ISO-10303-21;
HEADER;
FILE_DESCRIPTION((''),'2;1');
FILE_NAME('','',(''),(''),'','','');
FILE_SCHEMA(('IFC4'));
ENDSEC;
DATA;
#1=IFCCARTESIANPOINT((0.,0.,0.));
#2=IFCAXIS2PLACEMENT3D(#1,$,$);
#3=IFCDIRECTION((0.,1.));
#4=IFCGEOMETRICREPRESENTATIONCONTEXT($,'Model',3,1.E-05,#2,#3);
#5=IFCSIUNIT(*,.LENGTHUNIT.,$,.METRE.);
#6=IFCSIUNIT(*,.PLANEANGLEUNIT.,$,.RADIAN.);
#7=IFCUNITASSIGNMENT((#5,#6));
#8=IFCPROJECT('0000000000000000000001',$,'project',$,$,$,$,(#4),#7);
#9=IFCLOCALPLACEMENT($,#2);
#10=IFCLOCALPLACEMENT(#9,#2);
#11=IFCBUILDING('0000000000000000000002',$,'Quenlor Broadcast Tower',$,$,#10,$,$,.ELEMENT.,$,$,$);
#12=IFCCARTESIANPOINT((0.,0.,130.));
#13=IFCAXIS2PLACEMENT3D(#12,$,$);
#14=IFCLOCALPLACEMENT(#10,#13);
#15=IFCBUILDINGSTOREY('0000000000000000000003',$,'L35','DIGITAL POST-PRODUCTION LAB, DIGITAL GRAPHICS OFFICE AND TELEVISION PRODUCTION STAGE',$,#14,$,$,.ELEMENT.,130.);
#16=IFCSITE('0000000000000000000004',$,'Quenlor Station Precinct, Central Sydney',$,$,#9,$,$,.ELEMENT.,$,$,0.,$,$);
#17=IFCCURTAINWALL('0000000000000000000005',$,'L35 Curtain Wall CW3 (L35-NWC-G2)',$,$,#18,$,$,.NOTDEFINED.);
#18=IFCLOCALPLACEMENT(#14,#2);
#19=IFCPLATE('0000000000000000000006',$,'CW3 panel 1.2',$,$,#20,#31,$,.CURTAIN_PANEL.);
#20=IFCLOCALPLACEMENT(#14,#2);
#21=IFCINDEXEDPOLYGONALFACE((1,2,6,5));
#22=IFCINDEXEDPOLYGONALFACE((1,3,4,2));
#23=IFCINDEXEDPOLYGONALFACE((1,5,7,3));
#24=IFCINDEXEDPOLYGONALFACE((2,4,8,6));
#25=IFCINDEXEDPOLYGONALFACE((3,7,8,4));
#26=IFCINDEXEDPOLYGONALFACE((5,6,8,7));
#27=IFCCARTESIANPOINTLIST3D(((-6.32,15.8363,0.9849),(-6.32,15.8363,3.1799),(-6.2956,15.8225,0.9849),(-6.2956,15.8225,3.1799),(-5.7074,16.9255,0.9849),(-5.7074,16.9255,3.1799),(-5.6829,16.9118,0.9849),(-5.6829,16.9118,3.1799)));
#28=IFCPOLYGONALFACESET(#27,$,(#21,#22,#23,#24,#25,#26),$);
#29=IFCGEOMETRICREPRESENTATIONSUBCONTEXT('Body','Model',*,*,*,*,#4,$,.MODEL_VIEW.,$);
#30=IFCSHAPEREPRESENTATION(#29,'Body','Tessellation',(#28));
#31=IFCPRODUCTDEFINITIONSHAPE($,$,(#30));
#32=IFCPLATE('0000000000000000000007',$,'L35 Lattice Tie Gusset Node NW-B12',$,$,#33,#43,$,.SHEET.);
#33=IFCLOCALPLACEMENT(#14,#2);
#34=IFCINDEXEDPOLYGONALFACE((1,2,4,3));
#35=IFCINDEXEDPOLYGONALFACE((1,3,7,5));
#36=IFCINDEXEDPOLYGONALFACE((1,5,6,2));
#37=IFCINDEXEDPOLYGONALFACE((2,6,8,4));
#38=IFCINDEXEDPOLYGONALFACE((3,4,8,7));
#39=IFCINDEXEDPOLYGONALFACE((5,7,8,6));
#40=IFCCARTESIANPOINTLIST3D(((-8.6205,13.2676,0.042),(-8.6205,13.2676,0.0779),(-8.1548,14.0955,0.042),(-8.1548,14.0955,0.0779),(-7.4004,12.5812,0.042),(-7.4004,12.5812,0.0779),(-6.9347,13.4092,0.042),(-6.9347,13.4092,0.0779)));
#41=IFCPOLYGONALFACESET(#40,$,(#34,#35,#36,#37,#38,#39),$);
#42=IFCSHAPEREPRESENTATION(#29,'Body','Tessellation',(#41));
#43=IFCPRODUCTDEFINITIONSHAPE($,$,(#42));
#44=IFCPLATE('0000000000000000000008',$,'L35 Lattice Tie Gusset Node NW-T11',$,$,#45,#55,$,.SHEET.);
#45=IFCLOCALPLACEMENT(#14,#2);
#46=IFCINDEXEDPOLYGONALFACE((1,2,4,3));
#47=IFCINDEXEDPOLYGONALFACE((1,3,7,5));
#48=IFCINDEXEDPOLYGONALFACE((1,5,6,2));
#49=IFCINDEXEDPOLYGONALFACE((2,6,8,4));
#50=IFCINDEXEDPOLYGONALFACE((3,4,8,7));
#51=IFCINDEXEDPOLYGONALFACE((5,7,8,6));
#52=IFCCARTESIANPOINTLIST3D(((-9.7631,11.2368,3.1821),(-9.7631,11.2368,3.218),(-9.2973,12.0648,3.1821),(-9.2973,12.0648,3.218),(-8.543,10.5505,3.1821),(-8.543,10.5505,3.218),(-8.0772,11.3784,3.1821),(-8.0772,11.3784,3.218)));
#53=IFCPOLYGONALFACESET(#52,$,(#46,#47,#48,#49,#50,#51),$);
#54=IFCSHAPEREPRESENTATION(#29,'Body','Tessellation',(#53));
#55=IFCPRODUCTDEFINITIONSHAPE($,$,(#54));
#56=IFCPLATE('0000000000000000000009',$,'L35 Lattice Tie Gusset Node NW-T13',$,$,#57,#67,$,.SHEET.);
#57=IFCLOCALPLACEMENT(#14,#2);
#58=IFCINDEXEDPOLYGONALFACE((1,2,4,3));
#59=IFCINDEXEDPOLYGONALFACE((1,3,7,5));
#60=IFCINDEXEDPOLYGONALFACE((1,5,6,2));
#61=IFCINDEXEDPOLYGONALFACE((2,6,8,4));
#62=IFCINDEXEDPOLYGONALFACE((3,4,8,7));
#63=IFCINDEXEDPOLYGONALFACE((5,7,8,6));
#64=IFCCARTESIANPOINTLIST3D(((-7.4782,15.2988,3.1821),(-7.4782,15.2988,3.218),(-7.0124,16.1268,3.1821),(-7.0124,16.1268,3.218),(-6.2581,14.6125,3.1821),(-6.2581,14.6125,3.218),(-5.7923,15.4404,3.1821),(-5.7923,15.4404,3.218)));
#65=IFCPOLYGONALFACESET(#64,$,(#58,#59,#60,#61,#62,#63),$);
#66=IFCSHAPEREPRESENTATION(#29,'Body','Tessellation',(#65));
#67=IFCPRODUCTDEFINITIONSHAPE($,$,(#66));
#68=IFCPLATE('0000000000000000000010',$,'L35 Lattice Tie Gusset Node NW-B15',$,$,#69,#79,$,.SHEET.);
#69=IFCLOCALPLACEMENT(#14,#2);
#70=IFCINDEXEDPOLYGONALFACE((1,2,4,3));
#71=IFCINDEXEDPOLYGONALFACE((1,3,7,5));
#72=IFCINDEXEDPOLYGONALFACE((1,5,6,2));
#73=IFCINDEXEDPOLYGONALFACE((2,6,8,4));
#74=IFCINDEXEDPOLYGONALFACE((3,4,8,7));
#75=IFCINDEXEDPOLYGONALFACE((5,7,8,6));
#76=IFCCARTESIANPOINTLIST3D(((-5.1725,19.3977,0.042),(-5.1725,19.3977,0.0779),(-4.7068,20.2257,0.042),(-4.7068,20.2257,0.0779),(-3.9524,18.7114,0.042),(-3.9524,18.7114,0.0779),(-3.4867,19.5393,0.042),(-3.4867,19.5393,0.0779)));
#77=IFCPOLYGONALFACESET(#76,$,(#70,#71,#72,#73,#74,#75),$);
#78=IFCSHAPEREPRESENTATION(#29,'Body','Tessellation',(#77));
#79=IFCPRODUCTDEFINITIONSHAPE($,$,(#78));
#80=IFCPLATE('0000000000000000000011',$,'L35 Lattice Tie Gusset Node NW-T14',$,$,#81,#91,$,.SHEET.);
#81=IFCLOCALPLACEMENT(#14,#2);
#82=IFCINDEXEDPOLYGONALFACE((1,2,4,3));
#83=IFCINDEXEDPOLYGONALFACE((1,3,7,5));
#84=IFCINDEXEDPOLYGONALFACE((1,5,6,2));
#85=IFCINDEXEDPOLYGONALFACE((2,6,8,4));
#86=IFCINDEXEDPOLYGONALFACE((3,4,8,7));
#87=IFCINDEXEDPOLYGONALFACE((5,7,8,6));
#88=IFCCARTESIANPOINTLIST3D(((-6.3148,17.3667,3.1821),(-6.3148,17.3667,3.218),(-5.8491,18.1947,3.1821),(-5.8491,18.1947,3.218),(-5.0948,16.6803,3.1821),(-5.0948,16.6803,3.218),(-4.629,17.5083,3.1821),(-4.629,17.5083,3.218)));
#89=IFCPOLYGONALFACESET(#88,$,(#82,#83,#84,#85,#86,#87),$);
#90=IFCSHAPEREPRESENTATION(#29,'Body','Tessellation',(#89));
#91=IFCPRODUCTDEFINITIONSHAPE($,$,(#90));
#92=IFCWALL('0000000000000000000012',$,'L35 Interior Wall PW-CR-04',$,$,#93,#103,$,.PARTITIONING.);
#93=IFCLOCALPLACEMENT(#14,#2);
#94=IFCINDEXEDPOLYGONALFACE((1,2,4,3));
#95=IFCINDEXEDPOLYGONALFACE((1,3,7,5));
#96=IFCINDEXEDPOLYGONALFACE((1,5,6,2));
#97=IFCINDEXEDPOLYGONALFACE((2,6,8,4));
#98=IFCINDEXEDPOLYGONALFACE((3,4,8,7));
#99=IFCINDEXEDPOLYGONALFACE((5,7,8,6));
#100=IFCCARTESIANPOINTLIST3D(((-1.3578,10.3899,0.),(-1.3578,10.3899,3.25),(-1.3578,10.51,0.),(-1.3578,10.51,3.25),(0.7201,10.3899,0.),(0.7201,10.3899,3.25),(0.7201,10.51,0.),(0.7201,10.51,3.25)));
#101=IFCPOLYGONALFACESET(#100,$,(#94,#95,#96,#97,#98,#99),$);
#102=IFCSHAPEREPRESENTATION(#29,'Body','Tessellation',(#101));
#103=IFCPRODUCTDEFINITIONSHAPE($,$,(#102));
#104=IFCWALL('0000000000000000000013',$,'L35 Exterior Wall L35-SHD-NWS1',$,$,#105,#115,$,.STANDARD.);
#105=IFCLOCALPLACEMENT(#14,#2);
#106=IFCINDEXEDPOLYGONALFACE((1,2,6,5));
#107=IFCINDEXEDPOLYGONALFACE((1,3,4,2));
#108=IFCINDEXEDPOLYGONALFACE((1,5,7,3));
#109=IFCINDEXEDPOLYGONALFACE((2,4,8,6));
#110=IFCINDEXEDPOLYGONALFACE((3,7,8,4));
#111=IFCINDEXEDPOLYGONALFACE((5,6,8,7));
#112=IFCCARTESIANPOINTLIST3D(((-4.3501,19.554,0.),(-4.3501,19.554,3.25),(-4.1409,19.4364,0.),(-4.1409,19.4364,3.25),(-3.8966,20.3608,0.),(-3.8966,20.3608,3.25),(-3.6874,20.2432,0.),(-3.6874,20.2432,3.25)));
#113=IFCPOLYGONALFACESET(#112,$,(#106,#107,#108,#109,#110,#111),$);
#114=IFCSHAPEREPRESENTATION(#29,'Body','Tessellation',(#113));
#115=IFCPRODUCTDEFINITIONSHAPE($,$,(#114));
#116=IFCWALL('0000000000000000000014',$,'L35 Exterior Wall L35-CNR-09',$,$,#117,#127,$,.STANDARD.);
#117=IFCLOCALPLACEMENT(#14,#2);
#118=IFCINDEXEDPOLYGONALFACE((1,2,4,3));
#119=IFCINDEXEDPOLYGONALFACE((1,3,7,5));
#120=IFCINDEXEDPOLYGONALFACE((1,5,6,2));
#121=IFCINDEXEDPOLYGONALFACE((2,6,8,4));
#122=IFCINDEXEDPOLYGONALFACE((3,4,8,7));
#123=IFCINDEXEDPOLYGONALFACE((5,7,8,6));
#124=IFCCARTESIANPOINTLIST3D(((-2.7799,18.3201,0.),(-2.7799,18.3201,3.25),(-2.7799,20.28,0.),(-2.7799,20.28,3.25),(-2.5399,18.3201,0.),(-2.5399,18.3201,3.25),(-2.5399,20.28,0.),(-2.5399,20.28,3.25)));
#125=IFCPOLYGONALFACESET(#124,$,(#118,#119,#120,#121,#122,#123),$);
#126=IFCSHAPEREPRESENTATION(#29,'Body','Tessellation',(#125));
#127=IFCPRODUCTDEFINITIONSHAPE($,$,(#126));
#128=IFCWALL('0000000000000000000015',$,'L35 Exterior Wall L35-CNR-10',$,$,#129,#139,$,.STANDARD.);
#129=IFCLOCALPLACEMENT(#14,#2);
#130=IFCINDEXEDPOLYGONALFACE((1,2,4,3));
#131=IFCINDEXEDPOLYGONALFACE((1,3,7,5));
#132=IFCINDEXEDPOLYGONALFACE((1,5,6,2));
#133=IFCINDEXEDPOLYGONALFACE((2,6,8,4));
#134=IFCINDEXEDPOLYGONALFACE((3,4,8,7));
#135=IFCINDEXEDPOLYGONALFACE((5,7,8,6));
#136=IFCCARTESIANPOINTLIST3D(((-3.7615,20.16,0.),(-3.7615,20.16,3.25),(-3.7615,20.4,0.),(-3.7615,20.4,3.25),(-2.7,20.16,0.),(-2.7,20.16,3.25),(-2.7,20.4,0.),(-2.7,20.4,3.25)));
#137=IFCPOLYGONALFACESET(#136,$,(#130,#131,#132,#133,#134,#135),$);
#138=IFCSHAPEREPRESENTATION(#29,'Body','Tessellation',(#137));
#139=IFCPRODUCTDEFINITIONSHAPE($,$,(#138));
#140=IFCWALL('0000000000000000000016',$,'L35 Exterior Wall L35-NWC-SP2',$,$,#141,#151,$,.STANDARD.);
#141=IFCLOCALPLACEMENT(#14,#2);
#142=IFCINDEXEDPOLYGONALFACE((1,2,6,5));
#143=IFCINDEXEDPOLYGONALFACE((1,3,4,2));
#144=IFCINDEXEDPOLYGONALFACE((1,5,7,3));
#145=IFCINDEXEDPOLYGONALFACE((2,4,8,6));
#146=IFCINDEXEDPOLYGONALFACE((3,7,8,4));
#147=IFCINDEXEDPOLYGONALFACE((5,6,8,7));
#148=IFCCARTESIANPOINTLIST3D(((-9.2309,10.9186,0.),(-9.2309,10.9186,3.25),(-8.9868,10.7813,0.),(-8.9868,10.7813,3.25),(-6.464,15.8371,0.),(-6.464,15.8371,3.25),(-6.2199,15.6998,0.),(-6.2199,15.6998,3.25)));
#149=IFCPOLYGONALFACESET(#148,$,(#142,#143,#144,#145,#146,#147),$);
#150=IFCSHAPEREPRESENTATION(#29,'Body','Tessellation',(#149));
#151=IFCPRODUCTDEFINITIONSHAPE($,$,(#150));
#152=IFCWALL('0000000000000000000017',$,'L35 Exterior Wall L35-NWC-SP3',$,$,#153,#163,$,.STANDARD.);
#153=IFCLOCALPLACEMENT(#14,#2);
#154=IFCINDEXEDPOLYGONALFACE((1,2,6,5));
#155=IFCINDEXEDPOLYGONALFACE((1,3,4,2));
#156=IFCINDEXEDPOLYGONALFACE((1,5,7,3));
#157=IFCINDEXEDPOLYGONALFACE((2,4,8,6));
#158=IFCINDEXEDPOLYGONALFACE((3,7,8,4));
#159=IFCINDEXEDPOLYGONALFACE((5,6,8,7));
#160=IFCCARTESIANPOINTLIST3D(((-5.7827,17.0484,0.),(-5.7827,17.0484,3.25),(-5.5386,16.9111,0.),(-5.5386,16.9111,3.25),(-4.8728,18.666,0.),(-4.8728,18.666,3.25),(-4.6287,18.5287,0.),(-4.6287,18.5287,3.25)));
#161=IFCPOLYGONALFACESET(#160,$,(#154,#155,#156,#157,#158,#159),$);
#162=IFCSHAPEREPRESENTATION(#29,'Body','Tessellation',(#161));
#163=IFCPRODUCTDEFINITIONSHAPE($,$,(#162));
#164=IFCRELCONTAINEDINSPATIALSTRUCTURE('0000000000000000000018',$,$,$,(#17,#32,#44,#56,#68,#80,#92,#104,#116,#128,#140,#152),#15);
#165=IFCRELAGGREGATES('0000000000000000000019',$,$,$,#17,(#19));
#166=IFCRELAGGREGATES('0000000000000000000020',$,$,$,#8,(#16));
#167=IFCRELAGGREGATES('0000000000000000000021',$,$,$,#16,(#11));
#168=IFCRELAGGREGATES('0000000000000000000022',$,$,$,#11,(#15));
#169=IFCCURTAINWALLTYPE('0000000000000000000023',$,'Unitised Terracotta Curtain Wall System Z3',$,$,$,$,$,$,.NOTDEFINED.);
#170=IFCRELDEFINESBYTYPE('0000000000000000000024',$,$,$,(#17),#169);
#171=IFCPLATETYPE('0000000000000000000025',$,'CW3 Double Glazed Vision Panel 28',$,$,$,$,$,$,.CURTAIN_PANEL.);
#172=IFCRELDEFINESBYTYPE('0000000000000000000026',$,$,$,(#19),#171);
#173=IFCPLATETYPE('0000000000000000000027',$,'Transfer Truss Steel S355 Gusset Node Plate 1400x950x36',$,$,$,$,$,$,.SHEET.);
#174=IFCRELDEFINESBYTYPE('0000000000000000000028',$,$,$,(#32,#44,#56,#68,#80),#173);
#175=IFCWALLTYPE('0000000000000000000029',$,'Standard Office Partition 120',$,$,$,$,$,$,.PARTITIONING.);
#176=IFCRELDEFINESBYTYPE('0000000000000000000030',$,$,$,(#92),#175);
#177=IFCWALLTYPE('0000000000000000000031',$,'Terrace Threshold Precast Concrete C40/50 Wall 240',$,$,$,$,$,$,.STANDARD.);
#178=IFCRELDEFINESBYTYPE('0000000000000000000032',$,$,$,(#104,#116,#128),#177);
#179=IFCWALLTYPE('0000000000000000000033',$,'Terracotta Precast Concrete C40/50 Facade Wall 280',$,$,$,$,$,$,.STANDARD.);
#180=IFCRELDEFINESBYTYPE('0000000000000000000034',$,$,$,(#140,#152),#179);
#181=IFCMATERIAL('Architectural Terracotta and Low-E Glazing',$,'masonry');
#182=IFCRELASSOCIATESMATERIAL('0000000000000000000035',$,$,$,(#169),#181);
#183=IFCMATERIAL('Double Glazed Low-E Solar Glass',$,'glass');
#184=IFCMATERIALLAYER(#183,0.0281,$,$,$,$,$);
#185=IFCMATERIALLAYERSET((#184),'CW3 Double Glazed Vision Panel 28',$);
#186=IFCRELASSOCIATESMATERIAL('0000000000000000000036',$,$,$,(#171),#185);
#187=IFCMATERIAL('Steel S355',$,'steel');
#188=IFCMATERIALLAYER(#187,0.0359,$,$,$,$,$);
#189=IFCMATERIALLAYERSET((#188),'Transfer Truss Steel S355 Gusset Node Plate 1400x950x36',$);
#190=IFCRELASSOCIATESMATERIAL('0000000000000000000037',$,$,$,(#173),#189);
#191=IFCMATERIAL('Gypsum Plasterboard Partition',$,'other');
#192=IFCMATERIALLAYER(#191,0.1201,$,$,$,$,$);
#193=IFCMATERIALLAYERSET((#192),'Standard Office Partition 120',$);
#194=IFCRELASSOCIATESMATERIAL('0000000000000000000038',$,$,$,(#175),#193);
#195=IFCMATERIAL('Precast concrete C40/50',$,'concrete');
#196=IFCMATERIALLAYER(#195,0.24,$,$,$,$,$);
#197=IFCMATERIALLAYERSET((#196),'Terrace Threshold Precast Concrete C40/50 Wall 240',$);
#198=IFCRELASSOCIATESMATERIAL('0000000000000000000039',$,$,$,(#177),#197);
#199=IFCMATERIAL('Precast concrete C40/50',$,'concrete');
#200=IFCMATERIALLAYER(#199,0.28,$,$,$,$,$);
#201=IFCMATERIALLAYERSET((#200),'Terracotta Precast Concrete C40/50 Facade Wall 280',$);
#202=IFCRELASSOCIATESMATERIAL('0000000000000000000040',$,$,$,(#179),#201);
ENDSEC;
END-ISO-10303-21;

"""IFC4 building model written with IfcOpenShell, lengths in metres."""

from ifc_helpers import new_model, si_unit, direction, frame, frame_2d, origin, origin_2d, place, context, subcontext, project, spatial, rectangle, extrude, material, layer, layer_set, type_object, element, aggregate, save


model = new_model("IFC4")

# Units and contexts
model_context = context("Model", 3, precision=1e-05, world=origin(), true_north=direction((0.0, 1.0)))
body_context = subcontext(model_context, "Body", "Model", "MODEL_VIEW")
ifc_project = project(units=[si_unit("LENGTHUNIT", "METRE"), si_unit("PLANEANGLEUNIT", "RADIAN")], contexts=[model_context])

# Site, building, storey
site_placement = place(None, origin())
site = spatial("IfcSite", under=ifc_project, at=site_placement, Name="Quenlor Station Precinct, Central Sydney", CompositionType="ELEMENT", RefElevation=0.0)
building_placement = place(site_placement, origin())
building = spatial("IfcBuilding", under=site, at=building_placement, Name="Quenlor Broadcast Tower", CompositionType="ELEMENT")
storey_placement = place(building_placement, frame((0.0, 0.0, 130.0)))
storey = spatial("IfcBuildingStorey", under=building, at=storey_placement, Name="L35", Description="DIGITAL POST-PRODUCTION LAB, DIGITAL GRAPHICS OFFICE AND TELEVISION PRODUCTION STAGE", CompositionType="ELEMENT", Elevation=130.0)

# Shared definitions
ifc_material_1 = material(Name="Architectural Terracotta and Low-E Glazing", Category="masonry")
curtain_wall_type = type_object("IfcCurtainWallType", Name="Unitised Terracotta Curtain Wall System Z3", PredefinedType="NOTDEFINED", material=ifc_material_1)

# Curtain wall
curtain_wall_1_placement = place(storey_placement, origin())
curtain_wall_1 = element("IfcCurtainWall", 1, at=curtain_wall_1_placement, inside=storey, type_object=curtain_wall_type, Name="L35 Curtain Wall CW3 (L35-NWC-G2)", PredefinedType="NOTDEFINED")

# Plate
ifc_material_2 = material(Name="Double Glazed Low-E Solar Glass", Category="glass")
ifc_layer_1 = layer(ifc_material_2, 0.0281)
ifc_layer_set_1 = layer_set([ifc_layer_1], Name="CW3 Double Glazed Vision Panel 28")
plate_type_1 = type_object("IfcPlateType", Name="CW3 Double Glazed Vision Panel 28", PredefinedType="CURTAIN_PANEL", material=ifc_layer_set_1)
plate_1_placement = place(storey_placement, frame((-6.0015, 16.374, 0.9849), z_axis=(0.0, 0.0, 1.0), x_axis=(0.49023, 0.871593, 0.0)))
plate_1 = element("IfcPlate", 2, at=plate_1_placement, type_object=plate_type_1, Name="CW3 panel 1.2", PredefinedType="CURTAIN_PANEL", context=body_context, shape_type="SweptSolid", body=[
    extrude(rectangle(XDim=1.2498, YDim=0.0281, at=origin_2d()), origin(), (0.0, 0.0, 1.0), 2.1951),
])
aggregate(curtain_wall_1, [plate_1])

# Plates
ifc_material_3 = material(Name="Steel S355", Category="steel")
ifc_layer_2 = layer(ifc_material_3, 0.0359)
ifc_layer_set_2 = layer_set([ifc_layer_2], Name="Transfer Truss Steel S355 Gusset Node Plate 1400x950x36")
plate_type_2 = type_object("IfcPlateType", Name="Transfer Truss Steel S355 Gusset Node Plate 1400x950x36", PredefinedType="SHEET", material=ifc_layer_set_2)
for number, where, z_axis, x_axis, name in (
    (3, (-7.7776, 13.3384, 0.042), (0.0, 0.0, 1.0), (-0.871556, 0.490295, 0.0), "L35 Lattice Tie Gusset Node NW-B12"),
    (4, (-8.9202, 11.3076, 3.1821), (0.0, 0.0, 1.0), (-0.871556, 0.490295, 0.0), "L35 Lattice Tie Gusset Node NW-T11"),
    (5, (-6.6353, 15.3696, 3.1821), (0.0, 0.0, 1.0), (-0.871556, 0.490295, 0.0), "L35 Lattice Tie Gusset Node NW-T13"),
    (6, (-4.3296, 19.4685, 0.042), (0.0, 0.0, 1.0), (-0.871556, 0.490295, 0.0), "L35 Lattice Tie Gusset Node NW-B15"),
    (7, (-5.4719, 17.4375, 3.1821), (0.0, 0.0, 1.0), (-0.871556, 0.490295, 0.0), "L35 Lattice Tie Gusset Node NW-T14"),
):
    element("IfcPlate", number, at=place(storey_placement, frame(where, z_axis=z_axis, x_axis=x_axis)), inside=storey, type_object=plate_type_2, Name=name, PredefinedType="SHEET", context=body_context, shape_type="SweptSolid", body=[
        extrude(rectangle(XDim=1.3999, YDim=0.95, at=origin_2d()), origin(), (0.0, 0.0, 1.0), 0.0359),
    ])

# Walls
ifc_material_4 = material(Name="Gypsum Plasterboard Partition", Category="other")
ifc_layer_3 = layer(ifc_material_4, 0.1201)
ifc_layer_set_3 = layer_set([ifc_layer_3], Name="Standard Office Partition 120")
wall_type_1 = type_object("IfcWallType", Name="Standard Office Partition 120", PredefinedType="PARTITIONING", material=ifc_layer_set_3)
wall_1_placement = place(storey_placement, frame((-1.3579, 10.45, 0.0), z_axis=(0.0, 0.0, 1.0), x_axis=(1.0, 0.0, 0.0)))
element("IfcWall", 8, at=wall_1_placement, inside=storey, type_object=wall_type_1, Name="L35 Interior Wall PW-CR-04", PredefinedType="PARTITIONING", context=body_context, shape_type="SweptSolid", body=[
    extrude(rectangle(XDim=2.0779, YDim=0.1201, at=frame_2d((1.0391, 0.0))), origin(), (0.0, 0.0, 1.0), 3.25),
])
ifc_material_5 = material(Name="Precast concrete C40/50", Category="concrete")
ifc_layer_4 = layer(ifc_material_5, 0.24)
ifc_layer_set_4 = layer_set([ifc_layer_4], Name="Terrace Threshold Precast Concrete C40/50 Wall 240")
wall_type_2 = type_object("IfcWallType", Name="Terrace Threshold Precast Concrete C40/50 Wall 240", PredefinedType="STANDARD", material=ifc_layer_set_4)
wall_2_placement = place(storey_placement, frame((-4.2456, 19.4951, 0.0), z_axis=(0.0, 0.0, 1.0), x_axis=(0.490048, 0.871695, 0.0)))
element("IfcWall", 9, at=wall_2_placement, inside=storey, type_object=wall_type_2, Name="L35 Exterior Wall L35-SHD-NWS1", PredefinedType="STANDARD", context=body_context, shape_type="SweptSolid", body=[
    extrude(rectangle(XDim=0.9255, YDim=0.24, at=frame_2d((0.4629, 0.0))), origin(), (0.0, 0.0, 1.0), 3.25),
])
wall_3_placement = place(storey_placement, frame((-2.6599, 18.3201, 0.0), z_axis=(0.0, 0.0, 1.0), x_axis=(0.0, 1.0, 0.0)))
element("IfcWall", 10, at=wall_3_placement, inside=storey, type_object=wall_type_2, Name="L35 Exterior Wall L35-CNR-09", PredefinedType="STANDARD", context=body_context, shape_type="SweptSolid", body=[
    extrude(rectangle(XDim=1.96, YDim=0.24, at=frame_2d((0.98, 0.0))), origin(), (0.0, 0.0, 1.0), 3.25),
])
wall_4_placement = place(storey_placement, frame((-2.7, 20.28, 0.0), z_axis=(0.0, 0.0, 1.0), x_axis=(-1.0, 0.0, 0.0)))
element("IfcWall", 11, at=wall_4_placement, inside=storey, type_object=wall_type_2, Name="L35 Exterior Wall L35-CNR-10", PredefinedType="STANDARD", context=body_context, shape_type="SweptSolid", body=[
    extrude(rectangle(XDim=1.0615, YDim=0.24, at=frame_2d((0.5308, 0.0))), origin(), (0.0, 0.0, 1.0), 3.25),
])
ifc_material_6 = material(Name="Precast concrete C40/50", Category="concrete")
ifc_layer_5 = layer(ifc_material_6, 0.28)
ifc_layer_set_5 = layer_set([ifc_layer_5], Name="Terracotta Precast Concrete C40/50 Facade Wall 280")
wall_type_3 = type_object("IfcWallType", Name="Terracotta Precast Concrete C40/50 Facade Wall 280", PredefinedType="STANDARD", material=ifc_layer_set_5)
wall_5_placement = place(storey_placement, frame((-9.1089, 10.8499, 0.0), z_axis=(0.0, 0.0, 1.0), x_axis=(0.49029, 0.871559, 0.0)))
element("IfcWall", 12, at=wall_5_placement, inside=storey, type_object=wall_type_3, Name="L35 Exterior Wall L35-NWC-SP2", PredefinedType="STANDARD", context=body_context, shape_type="SweptSolid", body=[
    extrude(rectangle(XDim=5.6433, YDim=0.28, at=frame_2d((2.8218, 0.0))), origin(), (0.0, 0.0, 1.0), 3.25),
])
wall_6_placement = place(storey_placement, frame((-5.6606, 16.9797, 0.0), z_axis=(0.0, 0.0, 1.0), x_axis=(0.490249, 0.871583, 0.0)))
element("IfcWall", 13, at=wall_6_placement, inside=storey, type_object=wall_type_3, Name="L35 Exterior Wall L35-NWC-SP3", PredefinedType="STANDARD", context=body_context, shape_type="SweptSolid", body=[
    extrude(rectangle(XDim=1.856, YDim=0.28, at=frame_2d((0.928, 0.0))), origin(), (0.0, 0.0, 1.0), 3.25),
])

save(model, "model.ifc")
